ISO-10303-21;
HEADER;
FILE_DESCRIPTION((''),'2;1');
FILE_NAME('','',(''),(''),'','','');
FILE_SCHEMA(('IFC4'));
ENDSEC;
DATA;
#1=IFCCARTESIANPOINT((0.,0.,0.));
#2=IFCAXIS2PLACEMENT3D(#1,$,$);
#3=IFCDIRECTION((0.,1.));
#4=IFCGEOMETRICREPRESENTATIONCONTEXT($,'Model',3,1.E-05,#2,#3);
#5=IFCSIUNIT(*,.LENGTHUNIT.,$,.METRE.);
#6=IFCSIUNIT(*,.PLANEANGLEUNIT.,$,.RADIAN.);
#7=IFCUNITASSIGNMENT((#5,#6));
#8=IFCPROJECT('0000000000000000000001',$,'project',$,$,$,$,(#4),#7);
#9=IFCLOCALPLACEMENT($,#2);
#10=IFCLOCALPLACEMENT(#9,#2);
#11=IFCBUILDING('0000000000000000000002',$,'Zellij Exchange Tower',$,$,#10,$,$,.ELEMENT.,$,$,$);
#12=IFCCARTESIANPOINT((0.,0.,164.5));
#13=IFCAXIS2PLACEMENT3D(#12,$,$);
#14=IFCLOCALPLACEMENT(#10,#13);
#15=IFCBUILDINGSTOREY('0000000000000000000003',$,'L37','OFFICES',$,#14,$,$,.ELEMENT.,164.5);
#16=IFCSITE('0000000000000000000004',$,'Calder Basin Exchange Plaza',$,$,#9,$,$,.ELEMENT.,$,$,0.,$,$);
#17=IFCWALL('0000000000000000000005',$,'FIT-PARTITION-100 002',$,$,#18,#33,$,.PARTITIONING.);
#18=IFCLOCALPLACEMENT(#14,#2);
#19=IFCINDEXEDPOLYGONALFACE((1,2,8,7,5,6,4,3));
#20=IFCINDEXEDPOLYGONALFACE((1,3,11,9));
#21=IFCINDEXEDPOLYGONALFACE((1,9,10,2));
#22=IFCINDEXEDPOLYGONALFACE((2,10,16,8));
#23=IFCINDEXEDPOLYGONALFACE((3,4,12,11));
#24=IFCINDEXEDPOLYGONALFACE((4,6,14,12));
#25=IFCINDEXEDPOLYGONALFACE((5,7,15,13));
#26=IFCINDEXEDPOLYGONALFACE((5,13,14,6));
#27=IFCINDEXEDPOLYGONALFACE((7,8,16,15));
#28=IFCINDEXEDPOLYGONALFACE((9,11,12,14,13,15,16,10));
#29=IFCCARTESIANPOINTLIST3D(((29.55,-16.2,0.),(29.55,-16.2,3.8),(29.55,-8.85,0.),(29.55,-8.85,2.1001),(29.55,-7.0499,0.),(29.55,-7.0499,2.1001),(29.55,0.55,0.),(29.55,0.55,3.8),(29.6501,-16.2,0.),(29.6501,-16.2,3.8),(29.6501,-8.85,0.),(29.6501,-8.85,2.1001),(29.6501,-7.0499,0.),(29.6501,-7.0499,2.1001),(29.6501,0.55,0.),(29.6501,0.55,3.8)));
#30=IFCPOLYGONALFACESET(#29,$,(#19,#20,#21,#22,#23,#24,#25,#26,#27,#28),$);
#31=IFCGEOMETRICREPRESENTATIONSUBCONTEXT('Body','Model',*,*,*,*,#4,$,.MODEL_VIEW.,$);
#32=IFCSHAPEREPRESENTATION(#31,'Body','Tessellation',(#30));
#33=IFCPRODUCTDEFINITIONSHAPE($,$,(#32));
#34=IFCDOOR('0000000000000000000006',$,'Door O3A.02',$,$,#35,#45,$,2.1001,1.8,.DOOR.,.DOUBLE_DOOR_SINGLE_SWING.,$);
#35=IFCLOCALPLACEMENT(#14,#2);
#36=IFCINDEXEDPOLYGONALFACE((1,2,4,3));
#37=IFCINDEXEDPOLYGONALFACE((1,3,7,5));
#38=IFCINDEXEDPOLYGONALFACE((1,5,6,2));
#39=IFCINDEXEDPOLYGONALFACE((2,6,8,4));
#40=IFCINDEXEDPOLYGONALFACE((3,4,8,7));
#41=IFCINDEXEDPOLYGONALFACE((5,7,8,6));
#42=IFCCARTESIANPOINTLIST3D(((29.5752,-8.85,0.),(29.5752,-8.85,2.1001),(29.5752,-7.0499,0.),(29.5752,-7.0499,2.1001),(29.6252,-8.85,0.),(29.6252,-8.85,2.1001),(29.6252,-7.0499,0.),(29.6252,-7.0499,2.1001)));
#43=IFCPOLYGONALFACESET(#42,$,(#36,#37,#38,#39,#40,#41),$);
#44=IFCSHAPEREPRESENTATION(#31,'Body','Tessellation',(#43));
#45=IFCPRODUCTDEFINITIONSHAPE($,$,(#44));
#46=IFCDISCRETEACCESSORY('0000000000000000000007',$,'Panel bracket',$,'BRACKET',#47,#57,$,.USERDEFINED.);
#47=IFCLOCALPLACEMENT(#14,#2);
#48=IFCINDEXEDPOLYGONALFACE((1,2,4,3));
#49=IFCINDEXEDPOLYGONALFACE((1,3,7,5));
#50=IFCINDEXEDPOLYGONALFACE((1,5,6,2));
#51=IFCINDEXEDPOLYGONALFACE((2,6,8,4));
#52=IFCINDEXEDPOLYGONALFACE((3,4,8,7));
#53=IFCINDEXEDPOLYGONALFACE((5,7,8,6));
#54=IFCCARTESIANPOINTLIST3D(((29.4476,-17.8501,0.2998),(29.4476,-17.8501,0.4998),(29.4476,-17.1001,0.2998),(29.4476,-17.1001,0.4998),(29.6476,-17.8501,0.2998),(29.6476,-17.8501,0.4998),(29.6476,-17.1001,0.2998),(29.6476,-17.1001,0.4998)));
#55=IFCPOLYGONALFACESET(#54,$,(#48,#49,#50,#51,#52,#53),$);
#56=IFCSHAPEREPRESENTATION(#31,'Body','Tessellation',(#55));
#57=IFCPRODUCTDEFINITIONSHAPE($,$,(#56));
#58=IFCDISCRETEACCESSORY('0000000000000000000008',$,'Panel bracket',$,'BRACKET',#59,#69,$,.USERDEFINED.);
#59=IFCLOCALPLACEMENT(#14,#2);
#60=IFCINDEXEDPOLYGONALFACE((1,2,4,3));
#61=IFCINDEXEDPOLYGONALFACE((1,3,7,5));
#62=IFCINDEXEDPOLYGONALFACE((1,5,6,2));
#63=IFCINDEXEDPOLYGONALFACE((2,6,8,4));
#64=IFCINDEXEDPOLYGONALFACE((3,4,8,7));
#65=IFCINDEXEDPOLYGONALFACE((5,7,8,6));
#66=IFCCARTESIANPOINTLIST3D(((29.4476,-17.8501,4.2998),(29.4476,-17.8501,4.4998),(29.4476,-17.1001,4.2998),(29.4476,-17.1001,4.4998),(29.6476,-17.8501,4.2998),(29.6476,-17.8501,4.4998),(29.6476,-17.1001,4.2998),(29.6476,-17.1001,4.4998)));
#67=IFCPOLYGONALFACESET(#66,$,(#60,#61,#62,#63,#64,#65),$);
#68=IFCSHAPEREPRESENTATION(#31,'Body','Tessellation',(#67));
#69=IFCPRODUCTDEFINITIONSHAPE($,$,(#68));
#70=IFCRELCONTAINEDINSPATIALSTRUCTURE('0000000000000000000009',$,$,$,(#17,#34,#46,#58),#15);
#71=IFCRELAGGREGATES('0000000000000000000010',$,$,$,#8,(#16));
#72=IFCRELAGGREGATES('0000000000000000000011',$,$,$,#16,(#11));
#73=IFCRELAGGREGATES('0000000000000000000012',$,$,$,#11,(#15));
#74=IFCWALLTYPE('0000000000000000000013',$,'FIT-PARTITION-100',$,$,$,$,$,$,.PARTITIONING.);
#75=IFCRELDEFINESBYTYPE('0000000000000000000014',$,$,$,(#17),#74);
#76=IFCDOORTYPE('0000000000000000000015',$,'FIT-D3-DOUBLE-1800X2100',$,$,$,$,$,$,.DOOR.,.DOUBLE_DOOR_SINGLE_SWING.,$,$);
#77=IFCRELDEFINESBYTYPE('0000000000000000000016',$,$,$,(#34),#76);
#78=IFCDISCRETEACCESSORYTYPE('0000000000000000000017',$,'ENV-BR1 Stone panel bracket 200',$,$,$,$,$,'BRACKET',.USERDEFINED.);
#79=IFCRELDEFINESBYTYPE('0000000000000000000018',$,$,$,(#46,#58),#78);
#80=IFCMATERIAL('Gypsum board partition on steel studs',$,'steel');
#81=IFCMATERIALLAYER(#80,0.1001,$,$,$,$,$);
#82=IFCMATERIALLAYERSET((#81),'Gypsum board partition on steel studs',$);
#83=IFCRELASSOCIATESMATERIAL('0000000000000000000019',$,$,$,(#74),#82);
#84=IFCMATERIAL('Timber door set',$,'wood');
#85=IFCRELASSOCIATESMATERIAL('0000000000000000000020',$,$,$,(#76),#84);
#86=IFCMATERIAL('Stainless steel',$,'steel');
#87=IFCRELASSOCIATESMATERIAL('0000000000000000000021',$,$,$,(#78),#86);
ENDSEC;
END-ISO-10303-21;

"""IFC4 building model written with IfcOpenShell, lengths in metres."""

from ifc_helpers import new_model, si_unit, direction, frame, frame_2d, origin, origin_2d, place, context, subcontext, project, spatial, rectangle, extrude, material, layer, layer_set, type_object, element, fill, save


model = new_model("IFC4")

# Units and contexts
model_context = context("Model", 3, precision=1e-05, world=origin(), true_north=direction((0.0, 1.0)))
body_context = subcontext(model_context, "Body", "Model", "MODEL_VIEW")
ifc_project = project(units=[si_unit("LENGTHUNIT", "METRE"), si_unit("PLANEANGLEUNIT", "RADIAN")], contexts=[model_context])

# Site, building, storey
site_placement = place(None, origin())
site = spatial("IfcSite", under=ifc_project, at=site_placement, Name="Calder Basin Exchange Plaza", CompositionType="ELEMENT", RefElevation=0.0)
building_placement = place(site_placement, origin())
building = spatial("IfcBuilding", under=site, at=building_placement, Name="Zellij Exchange Tower", CompositionType="ELEMENT")
storey_placement = place(building_placement, frame((0.0, 0.0, 164.5)))
storey = spatial("IfcBuildingStorey", under=building, at=storey_placement, Name="L37", Description="OFFICES", CompositionType="ELEMENT", Elevation=164.5)

# Wall, opening, door
ifc_material_1 = material(Name="Gypsum board partition on steel studs", Category="steel")
ifc_layer_1 = layer(ifc_material_1, 0.1001)
ifc_layer_set_1 = layer_set([ifc_layer_1], Name="Gypsum board partition on steel studs")
wall_type_1 = type_object("IfcWallType", Name="FIT-PARTITION-100", PredefinedType="PARTITIONING", material=ifc_layer_set_1)
wall_1_placement = place(storey_placement, frame((29.6001, -16.2, 0.0), z_axis=(0.0, 0.0, 1.0), x_axis=(0.0, 1.0, 0.0)))
wall_1 = element("IfcWall", 1, at=wall_1_placement, inside=storey, type_object=wall_type_1, Name="FIT-PARTITION-100 002", PredefinedType="PARTITIONING", context=body_context, shape_type="SweptSolid", body=[
    extrude(rectangle(XDim=16.75, YDim=0.1001, at=frame_2d((8.375, 0.0))), origin(), (0.0, 0.0, 1.0), 3.8),
])
opening_1_placement = place(wall_1_placement, frame((7.3501, 0.0, 0.0)))
opening_1 = element("IfcOpeningElement", 2, at=opening_1_placement, cuts=wall_1, PredefinedType="OPENING", context=body_context, shape_type="SweptSolid", body=[
    extrude(rectangle(XDim=1.8, YDim=2.1001, at=frame_2d((0.8999, 1.05))), frame((0.0, 0.062, 0.0), z_axis=(0.0, -1.0, 0.0), x_axis=(1.0, 0.0, 0.0)), (0.0, 0.0, 1.0), 0.124),
])
ifc_material_2 = material(Name="Timber door set", Category="wood")
door_type_1 = type_object("IfcDoorType", Name="FIT-D3-DOUBLE-1800X2100", OperationType="DOUBLE_DOOR_SINGLE_SWING", PredefinedType="DOOR", material=ifc_material_2)
door_1_placement = place(opening_1_placement, origin())
door_1 = element("IfcDoor", 3, at=door_1_placement, inside=storey, type_object=door_type_1, Name="Door O3A.02", OperationType="DOUBLE_DOOR_SINGLE_SWING", OverallHeight=2.1001, OverallWidth=1.8, PredefinedType="DOOR", context=body_context, shape_type="SweptSolid", body=[
    extrude(rectangle(XDim=1.8, YDim=2.1001, at=frame_2d((0.8999, 1.05))), frame((0.0, 0.0249, 0.0), z_axis=(0.0, -1.0, 0.0), x_axis=(1.0, 0.0, 0.0)), (0.0, 0.0, 1.0), 0.05),
])
fill(opening_1, door_1)

# Discrete accessories
ifc_material_3 = material(Name="Stainless steel", Category="steel")
discrete_accessory_type = type_object("IfcDiscreteAccessoryType", Name="ENV-BR1 Stone panel bracket 200", ElementType="BRACKET", PredefinedType="USERDEFINED", material=ifc_material_3)
for number, where, z_axis, x_axis, name in (
    (4, (29.5476, -17.4751, 0.2998), (0.0, 0.0, 1.0), (1.0, 0.0, 0.0), "Panel bracket"),
    (5, (29.5476, -17.4751, 4.2998), (0.0, 0.0, 1.0), (1.0, 0.0, 0.0), "Panel bracket"),
):
    element("IfcDiscreteAccessory", number, at=place(storey_placement, frame(where, z_axis=z_axis, x_axis=x_axis)), inside=storey, type_object=discrete_accessory_type, Name=name, ObjectType="BRACKET", PredefinedType="USERDEFINED", context=body_context, shape_type="SweptSolid", body=[
        extrude(rectangle(XDim=0.2, YDim=0.75, at=origin_2d()), origin(), (0.0, 0.0, 1.0), 0.2),
    ])

save(model, "model.ifc")
